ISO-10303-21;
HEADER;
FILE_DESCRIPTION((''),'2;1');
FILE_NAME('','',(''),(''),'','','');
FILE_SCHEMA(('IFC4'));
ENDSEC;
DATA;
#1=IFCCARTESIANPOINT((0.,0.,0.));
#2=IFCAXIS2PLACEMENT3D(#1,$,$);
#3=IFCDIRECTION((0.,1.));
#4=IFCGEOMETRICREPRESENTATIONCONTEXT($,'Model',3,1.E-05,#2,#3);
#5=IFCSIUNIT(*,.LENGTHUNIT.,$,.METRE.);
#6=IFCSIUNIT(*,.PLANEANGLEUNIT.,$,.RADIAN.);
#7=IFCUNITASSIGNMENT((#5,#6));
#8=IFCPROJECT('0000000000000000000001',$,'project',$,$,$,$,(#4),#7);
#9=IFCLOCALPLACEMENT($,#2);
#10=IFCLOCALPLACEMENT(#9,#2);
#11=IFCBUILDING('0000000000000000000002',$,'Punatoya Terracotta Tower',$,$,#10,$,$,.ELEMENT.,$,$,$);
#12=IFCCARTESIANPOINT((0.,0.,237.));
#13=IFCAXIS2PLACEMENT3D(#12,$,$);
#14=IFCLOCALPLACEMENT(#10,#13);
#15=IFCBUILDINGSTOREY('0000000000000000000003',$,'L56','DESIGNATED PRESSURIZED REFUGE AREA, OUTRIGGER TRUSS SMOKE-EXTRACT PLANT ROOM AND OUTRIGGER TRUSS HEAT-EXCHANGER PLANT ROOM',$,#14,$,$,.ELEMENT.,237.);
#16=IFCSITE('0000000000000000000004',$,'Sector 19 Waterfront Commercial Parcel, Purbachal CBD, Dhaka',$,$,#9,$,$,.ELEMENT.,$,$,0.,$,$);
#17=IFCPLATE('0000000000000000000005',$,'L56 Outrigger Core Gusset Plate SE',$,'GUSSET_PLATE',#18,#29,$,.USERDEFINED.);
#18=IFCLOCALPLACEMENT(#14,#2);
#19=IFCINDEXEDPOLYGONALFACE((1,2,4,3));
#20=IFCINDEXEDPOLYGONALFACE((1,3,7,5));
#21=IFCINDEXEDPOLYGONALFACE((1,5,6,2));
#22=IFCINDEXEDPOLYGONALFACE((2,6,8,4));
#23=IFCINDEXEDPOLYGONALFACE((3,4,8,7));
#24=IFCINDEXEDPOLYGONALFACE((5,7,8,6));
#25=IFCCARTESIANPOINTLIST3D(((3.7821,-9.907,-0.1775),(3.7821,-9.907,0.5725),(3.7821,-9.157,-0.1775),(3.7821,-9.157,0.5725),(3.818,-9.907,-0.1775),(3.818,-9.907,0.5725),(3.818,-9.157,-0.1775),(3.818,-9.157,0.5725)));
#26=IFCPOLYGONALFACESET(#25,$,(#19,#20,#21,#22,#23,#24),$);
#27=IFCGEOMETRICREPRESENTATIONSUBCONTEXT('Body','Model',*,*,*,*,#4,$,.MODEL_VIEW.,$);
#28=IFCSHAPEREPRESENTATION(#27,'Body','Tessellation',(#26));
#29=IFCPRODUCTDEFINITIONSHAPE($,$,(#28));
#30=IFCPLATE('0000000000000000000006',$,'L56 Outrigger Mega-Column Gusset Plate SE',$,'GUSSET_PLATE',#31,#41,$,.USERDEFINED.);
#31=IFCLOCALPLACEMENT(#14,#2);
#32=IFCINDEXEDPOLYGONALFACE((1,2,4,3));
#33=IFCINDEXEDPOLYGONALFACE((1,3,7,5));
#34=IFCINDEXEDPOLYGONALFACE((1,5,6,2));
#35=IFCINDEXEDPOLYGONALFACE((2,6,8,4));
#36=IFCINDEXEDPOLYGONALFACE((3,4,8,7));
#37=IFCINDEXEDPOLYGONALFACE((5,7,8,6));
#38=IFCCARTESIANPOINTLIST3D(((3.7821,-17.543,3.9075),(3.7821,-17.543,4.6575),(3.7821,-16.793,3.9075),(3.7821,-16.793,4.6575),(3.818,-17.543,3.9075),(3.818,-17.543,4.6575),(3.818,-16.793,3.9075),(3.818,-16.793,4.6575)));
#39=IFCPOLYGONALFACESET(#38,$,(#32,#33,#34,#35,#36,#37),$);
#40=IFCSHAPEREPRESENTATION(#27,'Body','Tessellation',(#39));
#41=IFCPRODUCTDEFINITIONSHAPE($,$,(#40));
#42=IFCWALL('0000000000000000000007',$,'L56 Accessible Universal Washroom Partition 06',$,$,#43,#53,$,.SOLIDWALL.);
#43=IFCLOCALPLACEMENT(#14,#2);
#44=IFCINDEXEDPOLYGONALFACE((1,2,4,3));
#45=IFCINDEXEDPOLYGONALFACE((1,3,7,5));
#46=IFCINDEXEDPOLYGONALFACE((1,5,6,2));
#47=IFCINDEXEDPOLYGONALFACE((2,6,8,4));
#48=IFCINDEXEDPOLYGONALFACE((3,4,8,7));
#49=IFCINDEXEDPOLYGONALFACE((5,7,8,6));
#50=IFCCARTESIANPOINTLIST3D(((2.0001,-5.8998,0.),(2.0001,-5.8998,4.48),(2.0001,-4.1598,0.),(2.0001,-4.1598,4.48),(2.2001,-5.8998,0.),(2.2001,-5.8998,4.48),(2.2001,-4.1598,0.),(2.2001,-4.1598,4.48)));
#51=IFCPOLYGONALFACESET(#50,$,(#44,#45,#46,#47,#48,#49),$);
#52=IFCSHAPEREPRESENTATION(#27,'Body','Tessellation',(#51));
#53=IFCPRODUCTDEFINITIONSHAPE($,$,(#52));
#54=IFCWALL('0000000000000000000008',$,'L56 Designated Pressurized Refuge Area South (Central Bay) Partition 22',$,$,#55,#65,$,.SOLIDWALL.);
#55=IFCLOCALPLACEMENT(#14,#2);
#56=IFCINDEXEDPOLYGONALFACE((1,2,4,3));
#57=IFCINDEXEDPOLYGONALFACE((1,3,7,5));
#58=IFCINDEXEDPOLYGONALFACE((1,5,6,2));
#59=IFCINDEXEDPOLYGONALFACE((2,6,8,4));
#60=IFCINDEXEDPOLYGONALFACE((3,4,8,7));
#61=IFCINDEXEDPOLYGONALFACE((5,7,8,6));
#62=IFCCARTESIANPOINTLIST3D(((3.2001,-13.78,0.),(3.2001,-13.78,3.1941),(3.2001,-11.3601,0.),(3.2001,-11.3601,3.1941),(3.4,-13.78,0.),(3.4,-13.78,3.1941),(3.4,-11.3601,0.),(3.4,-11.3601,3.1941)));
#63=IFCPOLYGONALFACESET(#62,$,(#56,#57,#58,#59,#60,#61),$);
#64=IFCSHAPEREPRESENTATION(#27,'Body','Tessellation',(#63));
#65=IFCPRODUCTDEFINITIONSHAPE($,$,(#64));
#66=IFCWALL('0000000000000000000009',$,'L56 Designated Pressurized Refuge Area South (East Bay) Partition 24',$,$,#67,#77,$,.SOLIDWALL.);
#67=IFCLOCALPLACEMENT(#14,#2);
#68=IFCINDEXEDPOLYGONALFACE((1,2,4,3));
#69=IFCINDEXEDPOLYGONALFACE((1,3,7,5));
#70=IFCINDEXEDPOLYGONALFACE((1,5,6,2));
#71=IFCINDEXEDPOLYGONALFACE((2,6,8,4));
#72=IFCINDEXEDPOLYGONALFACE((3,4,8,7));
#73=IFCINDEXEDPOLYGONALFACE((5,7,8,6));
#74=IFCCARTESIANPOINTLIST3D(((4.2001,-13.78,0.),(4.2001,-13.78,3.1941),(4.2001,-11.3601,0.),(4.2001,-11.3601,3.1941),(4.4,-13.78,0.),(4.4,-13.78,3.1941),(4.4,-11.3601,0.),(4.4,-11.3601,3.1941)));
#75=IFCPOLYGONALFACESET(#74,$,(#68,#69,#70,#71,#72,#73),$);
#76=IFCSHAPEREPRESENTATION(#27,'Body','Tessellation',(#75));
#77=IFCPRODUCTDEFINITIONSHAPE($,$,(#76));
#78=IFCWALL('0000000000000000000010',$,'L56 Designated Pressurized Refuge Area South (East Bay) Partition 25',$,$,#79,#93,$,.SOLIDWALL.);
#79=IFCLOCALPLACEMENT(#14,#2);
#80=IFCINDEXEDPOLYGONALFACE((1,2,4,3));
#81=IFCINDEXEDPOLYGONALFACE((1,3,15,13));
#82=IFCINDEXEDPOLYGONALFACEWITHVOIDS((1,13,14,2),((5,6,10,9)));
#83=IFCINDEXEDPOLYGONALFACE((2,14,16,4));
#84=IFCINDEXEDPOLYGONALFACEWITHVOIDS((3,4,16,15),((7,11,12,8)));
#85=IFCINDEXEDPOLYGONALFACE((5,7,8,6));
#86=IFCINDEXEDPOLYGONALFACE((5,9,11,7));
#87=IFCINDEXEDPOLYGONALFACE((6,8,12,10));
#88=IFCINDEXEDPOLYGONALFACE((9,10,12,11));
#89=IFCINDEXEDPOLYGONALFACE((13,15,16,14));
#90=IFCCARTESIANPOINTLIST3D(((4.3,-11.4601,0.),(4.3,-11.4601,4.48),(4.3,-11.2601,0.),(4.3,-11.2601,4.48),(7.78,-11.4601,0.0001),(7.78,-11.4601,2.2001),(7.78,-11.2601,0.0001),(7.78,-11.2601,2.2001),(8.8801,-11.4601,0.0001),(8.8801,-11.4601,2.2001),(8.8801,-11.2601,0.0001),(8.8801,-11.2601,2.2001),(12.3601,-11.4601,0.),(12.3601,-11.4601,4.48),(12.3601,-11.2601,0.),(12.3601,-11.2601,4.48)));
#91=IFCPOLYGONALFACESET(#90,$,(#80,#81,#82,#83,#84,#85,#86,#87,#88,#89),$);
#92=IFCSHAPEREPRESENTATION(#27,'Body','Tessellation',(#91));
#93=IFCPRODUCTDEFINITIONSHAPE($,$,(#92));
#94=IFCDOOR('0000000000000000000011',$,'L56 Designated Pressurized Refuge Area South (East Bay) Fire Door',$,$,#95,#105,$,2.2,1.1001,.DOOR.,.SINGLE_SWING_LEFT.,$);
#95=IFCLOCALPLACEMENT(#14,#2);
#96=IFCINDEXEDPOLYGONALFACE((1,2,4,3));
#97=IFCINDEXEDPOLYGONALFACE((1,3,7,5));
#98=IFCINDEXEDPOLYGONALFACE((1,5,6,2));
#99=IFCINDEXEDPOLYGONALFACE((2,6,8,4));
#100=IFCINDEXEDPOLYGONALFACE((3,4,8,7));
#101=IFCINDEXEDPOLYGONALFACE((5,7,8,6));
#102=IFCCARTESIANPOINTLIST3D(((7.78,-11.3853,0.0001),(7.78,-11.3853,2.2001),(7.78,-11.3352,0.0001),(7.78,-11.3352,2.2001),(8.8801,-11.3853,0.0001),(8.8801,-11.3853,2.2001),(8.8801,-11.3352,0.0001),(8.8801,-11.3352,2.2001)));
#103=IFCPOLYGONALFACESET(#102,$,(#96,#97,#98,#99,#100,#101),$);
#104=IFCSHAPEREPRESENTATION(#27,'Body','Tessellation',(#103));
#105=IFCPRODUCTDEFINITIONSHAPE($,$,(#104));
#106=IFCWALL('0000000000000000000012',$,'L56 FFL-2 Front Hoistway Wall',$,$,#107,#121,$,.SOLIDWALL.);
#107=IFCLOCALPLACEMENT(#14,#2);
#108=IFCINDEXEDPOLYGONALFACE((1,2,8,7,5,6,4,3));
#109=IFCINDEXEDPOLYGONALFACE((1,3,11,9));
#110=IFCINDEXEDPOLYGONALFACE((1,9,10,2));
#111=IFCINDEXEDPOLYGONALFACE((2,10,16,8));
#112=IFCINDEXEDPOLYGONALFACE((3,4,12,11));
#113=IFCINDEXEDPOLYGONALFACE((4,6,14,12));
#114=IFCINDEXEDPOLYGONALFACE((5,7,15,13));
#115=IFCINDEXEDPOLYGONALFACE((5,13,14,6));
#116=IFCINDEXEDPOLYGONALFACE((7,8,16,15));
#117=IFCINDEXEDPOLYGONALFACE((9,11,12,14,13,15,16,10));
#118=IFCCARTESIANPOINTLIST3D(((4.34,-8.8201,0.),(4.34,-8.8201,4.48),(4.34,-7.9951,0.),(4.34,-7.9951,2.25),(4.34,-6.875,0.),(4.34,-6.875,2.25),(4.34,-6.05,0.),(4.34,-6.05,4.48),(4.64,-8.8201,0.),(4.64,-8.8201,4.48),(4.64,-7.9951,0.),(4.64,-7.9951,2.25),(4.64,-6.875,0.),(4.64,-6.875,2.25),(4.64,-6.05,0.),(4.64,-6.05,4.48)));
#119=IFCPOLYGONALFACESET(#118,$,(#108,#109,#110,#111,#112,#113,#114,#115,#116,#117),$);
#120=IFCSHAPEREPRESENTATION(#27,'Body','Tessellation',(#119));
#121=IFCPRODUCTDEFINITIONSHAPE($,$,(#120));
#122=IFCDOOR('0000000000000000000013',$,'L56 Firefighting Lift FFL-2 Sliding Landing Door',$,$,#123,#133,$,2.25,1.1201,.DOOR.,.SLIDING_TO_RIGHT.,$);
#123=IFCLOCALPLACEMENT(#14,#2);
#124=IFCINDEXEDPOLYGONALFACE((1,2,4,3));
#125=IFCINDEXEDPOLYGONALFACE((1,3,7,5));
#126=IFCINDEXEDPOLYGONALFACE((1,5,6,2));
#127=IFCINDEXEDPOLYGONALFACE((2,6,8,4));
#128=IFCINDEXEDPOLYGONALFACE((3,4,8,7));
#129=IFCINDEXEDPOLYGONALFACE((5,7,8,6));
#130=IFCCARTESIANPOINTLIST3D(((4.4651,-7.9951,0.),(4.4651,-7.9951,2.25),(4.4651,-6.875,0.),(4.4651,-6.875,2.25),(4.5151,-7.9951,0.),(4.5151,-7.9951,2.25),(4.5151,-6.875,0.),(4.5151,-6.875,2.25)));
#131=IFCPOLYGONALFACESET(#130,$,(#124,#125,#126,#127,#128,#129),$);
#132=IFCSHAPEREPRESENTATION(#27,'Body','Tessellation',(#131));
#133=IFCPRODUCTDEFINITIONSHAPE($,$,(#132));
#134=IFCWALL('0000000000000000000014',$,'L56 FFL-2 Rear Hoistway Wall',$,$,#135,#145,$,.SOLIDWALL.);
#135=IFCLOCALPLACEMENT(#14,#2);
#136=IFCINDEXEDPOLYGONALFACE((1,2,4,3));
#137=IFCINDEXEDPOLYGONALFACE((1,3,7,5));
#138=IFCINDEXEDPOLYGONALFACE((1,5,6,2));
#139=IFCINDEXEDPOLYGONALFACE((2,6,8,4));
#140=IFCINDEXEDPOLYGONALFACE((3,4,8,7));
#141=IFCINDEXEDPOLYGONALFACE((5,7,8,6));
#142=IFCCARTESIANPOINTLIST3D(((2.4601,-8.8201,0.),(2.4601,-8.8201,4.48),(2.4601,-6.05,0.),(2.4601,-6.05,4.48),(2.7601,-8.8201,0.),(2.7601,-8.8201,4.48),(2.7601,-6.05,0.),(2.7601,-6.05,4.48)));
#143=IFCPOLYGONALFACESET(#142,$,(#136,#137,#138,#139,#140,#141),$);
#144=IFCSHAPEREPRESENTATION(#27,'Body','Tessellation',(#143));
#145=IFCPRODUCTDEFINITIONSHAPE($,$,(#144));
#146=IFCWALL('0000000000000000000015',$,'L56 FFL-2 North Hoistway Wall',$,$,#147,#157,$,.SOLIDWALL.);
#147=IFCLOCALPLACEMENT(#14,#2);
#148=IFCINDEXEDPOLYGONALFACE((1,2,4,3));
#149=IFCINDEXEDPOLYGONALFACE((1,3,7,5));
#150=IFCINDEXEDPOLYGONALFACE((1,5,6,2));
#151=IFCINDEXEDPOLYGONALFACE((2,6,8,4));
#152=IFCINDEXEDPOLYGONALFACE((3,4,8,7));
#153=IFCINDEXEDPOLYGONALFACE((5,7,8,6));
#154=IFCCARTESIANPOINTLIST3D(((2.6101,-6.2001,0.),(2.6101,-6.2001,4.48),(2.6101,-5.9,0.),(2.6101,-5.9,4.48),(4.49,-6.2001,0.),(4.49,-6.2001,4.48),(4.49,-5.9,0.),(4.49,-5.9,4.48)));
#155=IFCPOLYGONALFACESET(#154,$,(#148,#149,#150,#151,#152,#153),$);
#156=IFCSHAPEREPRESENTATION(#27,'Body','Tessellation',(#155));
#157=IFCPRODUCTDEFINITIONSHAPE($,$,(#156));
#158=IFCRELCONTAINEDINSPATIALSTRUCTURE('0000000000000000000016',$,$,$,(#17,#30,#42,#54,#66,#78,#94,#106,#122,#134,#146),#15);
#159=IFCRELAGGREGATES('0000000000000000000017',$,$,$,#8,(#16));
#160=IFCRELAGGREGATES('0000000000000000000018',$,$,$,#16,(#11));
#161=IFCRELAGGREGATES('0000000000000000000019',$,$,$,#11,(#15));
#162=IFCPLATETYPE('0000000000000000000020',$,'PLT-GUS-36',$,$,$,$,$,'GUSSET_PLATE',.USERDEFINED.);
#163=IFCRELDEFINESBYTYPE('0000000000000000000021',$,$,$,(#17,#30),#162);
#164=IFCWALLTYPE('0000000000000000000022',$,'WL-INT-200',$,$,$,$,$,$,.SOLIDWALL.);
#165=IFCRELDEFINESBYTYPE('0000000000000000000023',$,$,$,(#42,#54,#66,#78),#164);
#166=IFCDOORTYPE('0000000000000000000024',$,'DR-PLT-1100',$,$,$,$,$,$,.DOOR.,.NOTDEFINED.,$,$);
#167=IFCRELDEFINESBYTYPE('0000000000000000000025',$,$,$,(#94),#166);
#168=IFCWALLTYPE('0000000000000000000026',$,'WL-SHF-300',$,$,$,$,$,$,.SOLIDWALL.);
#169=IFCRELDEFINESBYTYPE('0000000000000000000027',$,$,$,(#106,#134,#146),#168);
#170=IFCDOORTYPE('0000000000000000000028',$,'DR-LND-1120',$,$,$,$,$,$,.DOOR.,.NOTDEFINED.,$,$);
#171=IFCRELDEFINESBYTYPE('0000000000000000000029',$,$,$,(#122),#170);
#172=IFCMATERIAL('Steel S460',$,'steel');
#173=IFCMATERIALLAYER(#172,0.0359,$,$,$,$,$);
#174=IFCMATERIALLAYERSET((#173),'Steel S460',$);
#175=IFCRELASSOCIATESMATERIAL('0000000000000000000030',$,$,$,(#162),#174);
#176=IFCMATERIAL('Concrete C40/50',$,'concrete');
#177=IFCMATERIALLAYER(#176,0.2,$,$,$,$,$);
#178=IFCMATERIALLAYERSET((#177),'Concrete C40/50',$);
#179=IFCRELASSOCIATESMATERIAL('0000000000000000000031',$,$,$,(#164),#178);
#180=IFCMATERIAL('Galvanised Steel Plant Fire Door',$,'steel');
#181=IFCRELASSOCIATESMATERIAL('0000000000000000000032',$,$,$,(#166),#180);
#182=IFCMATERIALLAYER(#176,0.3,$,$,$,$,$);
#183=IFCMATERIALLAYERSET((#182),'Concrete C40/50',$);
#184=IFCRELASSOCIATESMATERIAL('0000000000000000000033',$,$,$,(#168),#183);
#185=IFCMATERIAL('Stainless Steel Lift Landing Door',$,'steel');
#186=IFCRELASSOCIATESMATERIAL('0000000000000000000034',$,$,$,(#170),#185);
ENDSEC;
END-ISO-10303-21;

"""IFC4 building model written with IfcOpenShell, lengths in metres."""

from ifc_helpers import new_model, si_unit, direction, frame, frame_2d, origin, origin_2d, place, context, subcontext, project, spatial, rectangle, extrude, material, layer, layer_set, type_object, element, fill, save


model = new_model("IFC4")

# Units and contexts
model_context = context("Model", 3, precision=1e-05, world=origin(), true_north=direction((0.0, 1.0)))
body_context = subcontext(model_context, "Body", "Model", "MODEL_VIEW")
ifc_project = project(units=[si_unit("LENGTHUNIT", "METRE"), si_unit("PLANEANGLEUNIT", "RADIAN")], contexts=[model_context])

# Site, building, storey
site_placement = place(None, origin())
site = spatial("IfcSite", under=ifc_project, at=site_placement, Name="Sector 19 Waterfront Commercial Parcel, Purbachal CBD, Dhaka", CompositionType="ELEMENT", RefElevation=0.0)
building_placement = place(site_placement, origin())
building = spatial("IfcBuilding", under=site, at=building_placement, Name="Punatoya Terracotta Tower", CompositionType="ELEMENT")
storey_placement = place(building_placement, frame((0.0, 0.0, 237.0)))
storey = spatial("IfcBuildingStorey", under=building, at=storey_placement, Name="L56", Description="DESIGNATED PRESSURIZED REFUGE AREA, OUTRIGGER TRUSS SMOKE-EXTRACT PLANT ROOM AND OUTRIGGER TRUSS HEAT-EXCHANGER PLANT ROOM", CompositionType="ELEMENT", Elevation=237.0)

# Shared definitions
ifc_material_1 = material(Name="Steel S460", Category="steel")

# Plates
ifc_layer_1 = layer(ifc_material_1, 0.0359)
ifc_layer_set_1 = layer_set([ifc_layer_1], Name="Steel S460")
plate_type = type_object("IfcPlateType", Name="PLT-GUS-36", ElementType="GUSSET_PLATE", PredefinedType="USERDEFINED", material=ifc_layer_set_1)
for number, where, z_axis, x_axis, name in (
    (1, (3.8, -9.532, -0.1775), (0.0, 0.0, 1.0), (0.0, 1.0, 0.0), "L56 Outrigger Core Gusset Plate SE"),
    (2, (3.8, -17.168, 3.9075), (0.0, 0.0, 1.0), (0.0, 1.0, 0.0), "L56 Outrigger Mega-Column Gusset Plate SE"),
):
    element("IfcPlate", number, at=place(storey_placement, frame(where, z_axis=z_axis, x_axis=x_axis)), inside=storey, type_object=plate_type, Name=name, ObjectType="GUSSET_PLATE", PredefinedType="USERDEFINED", context=body_context, shape_type="SweptSolid", body=[
        extrude(rectangle(XDim=0.75, YDim=0.0359, at=origin_2d()), origin(), (0.0, 0.0, 1.0), 0.75),
    ])

# Walls
ifc_material_2 = material(Name="Concrete C40/50", Category="concrete")
ifc_layer_2 = layer(ifc_material_2, 0.2)
ifc_layer_set_2 = layer_set([ifc_layer_2], Name="Concrete C40/50")
wall_type_1 = type_object("IfcWallType", Name="WL-INT-200", PredefinedType="SOLIDWALL", material=ifc_layer_set_2)
wall_1_placement = place(storey_placement, frame((2.1001, -5.8999, 0.0), z_axis=(0.0, 0.0, 1.0), x_axis=(0.0, 1.0, 0.0)))
element("IfcWall", 3, at=wall_1_placement, inside=storey, type_object=wall_type_1, Name="L56 Accessible Universal Washroom Partition 06", PredefinedType="SOLIDWALL", context=body_context, shape_type="SweptSolid", body=[
    extrude(rectangle(XDim=1.74, YDim=0.2, at=frame_2d((0.8701, 0.0))), origin(), (0.0, 0.0, 1.0), 4.48),
])
for number, where, z_axis, x_axis, name in (
    (4, (3.3, -11.3601, 0.0), (0.0, 0.0, 1.0), (0.0, -1.0, 0.0), "L56 Designated Pressurized Refuge Area South (Central Bay) Partition 22"),
    (5, (4.3, -13.78, 0.0), (0.0, 0.0, 1.0), (0.0, 1.0, 0.0), "L56 Designated Pressurized Refuge Area South (East Bay) Partition 24"),
):
    element("IfcWall", number, at=place(storey_placement, frame(where, z_axis=z_axis, x_axis=x_axis)), inside=storey, type_object=wall_type_1, Name=name, PredefinedType="SOLIDWALL", context=body_context, shape_type="SweptSolid", body=[
        extrude(rectangle(XDim=2.4199, YDim=0.2, at=frame_2d((1.21, 0.0))), origin(), (0.0, 0.0, 1.0), 3.1941),
    ])

# Walls, openings, doors
wall_2_placement = place(storey_placement, frame((4.3, -11.3601, 0.0), z_axis=(0.0, 0.0, 1.0), x_axis=(1.0, 0.0, 0.0)))
wall_2 = element("IfcWall", 6, at=wall_2_placement, inside=storey, type_object=wall_type_1, Name="L56 Designated Pressurized Refuge Area South (East Bay) Partition 25", PredefinedType="SOLIDWALL", context=body_context, shape_type="SweptSolid", body=[
    extrude(rectangle(XDim=8.0601, YDim=0.2, at=frame_2d((4.03, 0.0))), origin(), (0.0, 0.0, 1.0), 4.48),
])
opening_1_placement = place(wall_2_placement, frame((3.48, 0.0, 0.0)))
opening_1 = element("IfcOpeningElement", 7, at=opening_1_placement, cuts=wall_2, PredefinedType="OPENING", context=body_context, shape_type="SweptSolid", body=[
    extrude(rectangle(XDim=1.1001, YDim=2.2, at=frame_2d((0.55, 1.1001))), frame((0.0, 0.1099, 0.0), z_axis=(0.0, -1.0, 0.0), x_axis=(1.0, 0.0, 0.0)), (0.0, 0.0, 1.0), 0.22),
])
ifc_material_3 = material(Name="Galvanised Steel Plant Fire Door", Category="steel")
door_type_1 = type_object("IfcDoorType", Name="DR-PLT-1100", OperationType="NOTDEFINED", PredefinedType="DOOR", material=ifc_material_3)
door_1_placement = place(opening_1_placement, origin())
door_1 = element("IfcDoor", 8, at=door_1_placement, inside=storey, type_object=door_type_1, Name="L56 Designated Pressurized Refuge Area South (East Bay) Fire Door", OperationType="SINGLE_SWING_LEFT", OverallHeight=2.2, OverallWidth=1.1001, PredefinedType="DOOR", context=body_context, shape_type="SweptSolid", body=[
    extrude(rectangle(XDim=1.1001, YDim=2.2, at=frame_2d((0.55, 1.1001))), frame((0.0, 0.0249, 0.0), z_axis=(0.0, -1.0, 0.0), x_axis=(1.0, 0.0, 0.0)), (0.0, 0.0, 1.0), 0.05),
])
fill(opening_1, door_1)
ifc_layer_3 = layer(ifc_material_2, 0.3)
ifc_layer_set_3 = layer_set([ifc_layer_3], Name="Concrete C40/50")
wall_type_2 = type_object("IfcWallType", Name="WL-SHF-300", PredefinedType="SOLIDWALL", material=ifc_layer_set_3)
wall_3_placement = place(storey_placement, frame((4.49, -8.8201, 0.0), z_axis=(0.0, 0.0, 1.0), x_axis=(0.0, 1.0, 0.0)))
wall_3 = element("IfcWall", 9, at=wall_3_placement, inside=storey, type_object=wall_type_2, Name="L56 FFL-2 Front Hoistway Wall", PredefinedType="SOLIDWALL", context=body_context, shape_type="SweptSolid", body=[
    extrude(rectangle(XDim=2.77, YDim=0.3, at=frame_2d((1.385, 0.0))), origin(), (0.0, 0.0, 1.0), 4.48),
])
opening_2_placement = place(wall_3_placement, frame((0.825, 0.0, 0.0)))
opening_2 = element("IfcOpeningElement", 10, at=opening_2_placement, cuts=wall_3, PredefinedType="OPENING", context=body_context, shape_type="SweptSolid", body=[
    extrude(rectangle(XDim=1.1201, YDim=2.25, at=frame_2d((0.5601, 1.125))), frame((0.0, 0.1599, 0.0), z_axis=(0.0, -1.0, 0.0), x_axis=(1.0, 0.0, 0.0)), (0.0, 0.0, 1.0), 0.3201),
])
ifc_material_4 = material(Name="Stainless Steel Lift Landing Door", Category="steel")
door_type_2 = type_object("IfcDoorType", Name="DR-LND-1120", OperationType="NOTDEFINED", PredefinedType="DOOR", material=ifc_material_4)
door_2_placement = place(opening_2_placement, origin())
door_2 = element("IfcDoor", 11, at=door_2_placement, inside=storey, type_object=door_type_2, Name="L56 Firefighting Lift FFL-2 Sliding Landing Door", OperationType="SLIDING_TO_RIGHT", OverallHeight=2.25, OverallWidth=1.1201, PredefinedType="DOOR", context=body_context, shape_type="SweptSolid", body=[
    extrude(rectangle(XDim=1.1201, YDim=2.25, at=frame_2d((0.5601, 1.125))), frame((0.0, 0.0249, 0.0), z_axis=(0.0, -1.0, 0.0), x_axis=(1.0, 0.0, 0.0)), (0.0, 0.0, 1.0), 0.05),
])
fill(opening_2, door_2)

# Walls
wall_4_placement = place(storey_placement, frame((2.6101, -8.8201, 0.0), z_axis=(0.0, 0.0, 1.0), x_axis=(0.0, 1.0, 0.0)))
element("IfcWall", 12, at=wall_4_placement, inside=storey, type_object=wall_type_2, Name="L56 FFL-2 Rear Hoistway Wall", PredefinedType="SOLIDWALL", context=body_context, shape_type="SweptSolid", body=[
    extrude(rectangle(XDim=2.77, YDim=0.3, at=frame_2d((1.385, 0.0))), origin(), (0.0, 0.0, 1.0), 4.48),
])
wall_5_placement = place(storey_placement, frame((2.6101, -6.05, 0.0), z_axis=(0.0, 0.0, 1.0), x_axis=(1.0, 0.0, 0.0)))
element("IfcWall", 13, at=wall_5_placement, inside=storey, type_object=wall_type_2, Name="L56 FFL-2 North Hoistway Wall", PredefinedType="SOLIDWALL", context=body_context, shape_type="SweptSolid", body=[
    extrude(rectangle(XDim=1.8799, YDim=0.3, at=frame_2d((0.9399, 0.0))), origin(), (0.0, 0.0, 1.0), 4.48),
])

save(model, "model.ifc")
